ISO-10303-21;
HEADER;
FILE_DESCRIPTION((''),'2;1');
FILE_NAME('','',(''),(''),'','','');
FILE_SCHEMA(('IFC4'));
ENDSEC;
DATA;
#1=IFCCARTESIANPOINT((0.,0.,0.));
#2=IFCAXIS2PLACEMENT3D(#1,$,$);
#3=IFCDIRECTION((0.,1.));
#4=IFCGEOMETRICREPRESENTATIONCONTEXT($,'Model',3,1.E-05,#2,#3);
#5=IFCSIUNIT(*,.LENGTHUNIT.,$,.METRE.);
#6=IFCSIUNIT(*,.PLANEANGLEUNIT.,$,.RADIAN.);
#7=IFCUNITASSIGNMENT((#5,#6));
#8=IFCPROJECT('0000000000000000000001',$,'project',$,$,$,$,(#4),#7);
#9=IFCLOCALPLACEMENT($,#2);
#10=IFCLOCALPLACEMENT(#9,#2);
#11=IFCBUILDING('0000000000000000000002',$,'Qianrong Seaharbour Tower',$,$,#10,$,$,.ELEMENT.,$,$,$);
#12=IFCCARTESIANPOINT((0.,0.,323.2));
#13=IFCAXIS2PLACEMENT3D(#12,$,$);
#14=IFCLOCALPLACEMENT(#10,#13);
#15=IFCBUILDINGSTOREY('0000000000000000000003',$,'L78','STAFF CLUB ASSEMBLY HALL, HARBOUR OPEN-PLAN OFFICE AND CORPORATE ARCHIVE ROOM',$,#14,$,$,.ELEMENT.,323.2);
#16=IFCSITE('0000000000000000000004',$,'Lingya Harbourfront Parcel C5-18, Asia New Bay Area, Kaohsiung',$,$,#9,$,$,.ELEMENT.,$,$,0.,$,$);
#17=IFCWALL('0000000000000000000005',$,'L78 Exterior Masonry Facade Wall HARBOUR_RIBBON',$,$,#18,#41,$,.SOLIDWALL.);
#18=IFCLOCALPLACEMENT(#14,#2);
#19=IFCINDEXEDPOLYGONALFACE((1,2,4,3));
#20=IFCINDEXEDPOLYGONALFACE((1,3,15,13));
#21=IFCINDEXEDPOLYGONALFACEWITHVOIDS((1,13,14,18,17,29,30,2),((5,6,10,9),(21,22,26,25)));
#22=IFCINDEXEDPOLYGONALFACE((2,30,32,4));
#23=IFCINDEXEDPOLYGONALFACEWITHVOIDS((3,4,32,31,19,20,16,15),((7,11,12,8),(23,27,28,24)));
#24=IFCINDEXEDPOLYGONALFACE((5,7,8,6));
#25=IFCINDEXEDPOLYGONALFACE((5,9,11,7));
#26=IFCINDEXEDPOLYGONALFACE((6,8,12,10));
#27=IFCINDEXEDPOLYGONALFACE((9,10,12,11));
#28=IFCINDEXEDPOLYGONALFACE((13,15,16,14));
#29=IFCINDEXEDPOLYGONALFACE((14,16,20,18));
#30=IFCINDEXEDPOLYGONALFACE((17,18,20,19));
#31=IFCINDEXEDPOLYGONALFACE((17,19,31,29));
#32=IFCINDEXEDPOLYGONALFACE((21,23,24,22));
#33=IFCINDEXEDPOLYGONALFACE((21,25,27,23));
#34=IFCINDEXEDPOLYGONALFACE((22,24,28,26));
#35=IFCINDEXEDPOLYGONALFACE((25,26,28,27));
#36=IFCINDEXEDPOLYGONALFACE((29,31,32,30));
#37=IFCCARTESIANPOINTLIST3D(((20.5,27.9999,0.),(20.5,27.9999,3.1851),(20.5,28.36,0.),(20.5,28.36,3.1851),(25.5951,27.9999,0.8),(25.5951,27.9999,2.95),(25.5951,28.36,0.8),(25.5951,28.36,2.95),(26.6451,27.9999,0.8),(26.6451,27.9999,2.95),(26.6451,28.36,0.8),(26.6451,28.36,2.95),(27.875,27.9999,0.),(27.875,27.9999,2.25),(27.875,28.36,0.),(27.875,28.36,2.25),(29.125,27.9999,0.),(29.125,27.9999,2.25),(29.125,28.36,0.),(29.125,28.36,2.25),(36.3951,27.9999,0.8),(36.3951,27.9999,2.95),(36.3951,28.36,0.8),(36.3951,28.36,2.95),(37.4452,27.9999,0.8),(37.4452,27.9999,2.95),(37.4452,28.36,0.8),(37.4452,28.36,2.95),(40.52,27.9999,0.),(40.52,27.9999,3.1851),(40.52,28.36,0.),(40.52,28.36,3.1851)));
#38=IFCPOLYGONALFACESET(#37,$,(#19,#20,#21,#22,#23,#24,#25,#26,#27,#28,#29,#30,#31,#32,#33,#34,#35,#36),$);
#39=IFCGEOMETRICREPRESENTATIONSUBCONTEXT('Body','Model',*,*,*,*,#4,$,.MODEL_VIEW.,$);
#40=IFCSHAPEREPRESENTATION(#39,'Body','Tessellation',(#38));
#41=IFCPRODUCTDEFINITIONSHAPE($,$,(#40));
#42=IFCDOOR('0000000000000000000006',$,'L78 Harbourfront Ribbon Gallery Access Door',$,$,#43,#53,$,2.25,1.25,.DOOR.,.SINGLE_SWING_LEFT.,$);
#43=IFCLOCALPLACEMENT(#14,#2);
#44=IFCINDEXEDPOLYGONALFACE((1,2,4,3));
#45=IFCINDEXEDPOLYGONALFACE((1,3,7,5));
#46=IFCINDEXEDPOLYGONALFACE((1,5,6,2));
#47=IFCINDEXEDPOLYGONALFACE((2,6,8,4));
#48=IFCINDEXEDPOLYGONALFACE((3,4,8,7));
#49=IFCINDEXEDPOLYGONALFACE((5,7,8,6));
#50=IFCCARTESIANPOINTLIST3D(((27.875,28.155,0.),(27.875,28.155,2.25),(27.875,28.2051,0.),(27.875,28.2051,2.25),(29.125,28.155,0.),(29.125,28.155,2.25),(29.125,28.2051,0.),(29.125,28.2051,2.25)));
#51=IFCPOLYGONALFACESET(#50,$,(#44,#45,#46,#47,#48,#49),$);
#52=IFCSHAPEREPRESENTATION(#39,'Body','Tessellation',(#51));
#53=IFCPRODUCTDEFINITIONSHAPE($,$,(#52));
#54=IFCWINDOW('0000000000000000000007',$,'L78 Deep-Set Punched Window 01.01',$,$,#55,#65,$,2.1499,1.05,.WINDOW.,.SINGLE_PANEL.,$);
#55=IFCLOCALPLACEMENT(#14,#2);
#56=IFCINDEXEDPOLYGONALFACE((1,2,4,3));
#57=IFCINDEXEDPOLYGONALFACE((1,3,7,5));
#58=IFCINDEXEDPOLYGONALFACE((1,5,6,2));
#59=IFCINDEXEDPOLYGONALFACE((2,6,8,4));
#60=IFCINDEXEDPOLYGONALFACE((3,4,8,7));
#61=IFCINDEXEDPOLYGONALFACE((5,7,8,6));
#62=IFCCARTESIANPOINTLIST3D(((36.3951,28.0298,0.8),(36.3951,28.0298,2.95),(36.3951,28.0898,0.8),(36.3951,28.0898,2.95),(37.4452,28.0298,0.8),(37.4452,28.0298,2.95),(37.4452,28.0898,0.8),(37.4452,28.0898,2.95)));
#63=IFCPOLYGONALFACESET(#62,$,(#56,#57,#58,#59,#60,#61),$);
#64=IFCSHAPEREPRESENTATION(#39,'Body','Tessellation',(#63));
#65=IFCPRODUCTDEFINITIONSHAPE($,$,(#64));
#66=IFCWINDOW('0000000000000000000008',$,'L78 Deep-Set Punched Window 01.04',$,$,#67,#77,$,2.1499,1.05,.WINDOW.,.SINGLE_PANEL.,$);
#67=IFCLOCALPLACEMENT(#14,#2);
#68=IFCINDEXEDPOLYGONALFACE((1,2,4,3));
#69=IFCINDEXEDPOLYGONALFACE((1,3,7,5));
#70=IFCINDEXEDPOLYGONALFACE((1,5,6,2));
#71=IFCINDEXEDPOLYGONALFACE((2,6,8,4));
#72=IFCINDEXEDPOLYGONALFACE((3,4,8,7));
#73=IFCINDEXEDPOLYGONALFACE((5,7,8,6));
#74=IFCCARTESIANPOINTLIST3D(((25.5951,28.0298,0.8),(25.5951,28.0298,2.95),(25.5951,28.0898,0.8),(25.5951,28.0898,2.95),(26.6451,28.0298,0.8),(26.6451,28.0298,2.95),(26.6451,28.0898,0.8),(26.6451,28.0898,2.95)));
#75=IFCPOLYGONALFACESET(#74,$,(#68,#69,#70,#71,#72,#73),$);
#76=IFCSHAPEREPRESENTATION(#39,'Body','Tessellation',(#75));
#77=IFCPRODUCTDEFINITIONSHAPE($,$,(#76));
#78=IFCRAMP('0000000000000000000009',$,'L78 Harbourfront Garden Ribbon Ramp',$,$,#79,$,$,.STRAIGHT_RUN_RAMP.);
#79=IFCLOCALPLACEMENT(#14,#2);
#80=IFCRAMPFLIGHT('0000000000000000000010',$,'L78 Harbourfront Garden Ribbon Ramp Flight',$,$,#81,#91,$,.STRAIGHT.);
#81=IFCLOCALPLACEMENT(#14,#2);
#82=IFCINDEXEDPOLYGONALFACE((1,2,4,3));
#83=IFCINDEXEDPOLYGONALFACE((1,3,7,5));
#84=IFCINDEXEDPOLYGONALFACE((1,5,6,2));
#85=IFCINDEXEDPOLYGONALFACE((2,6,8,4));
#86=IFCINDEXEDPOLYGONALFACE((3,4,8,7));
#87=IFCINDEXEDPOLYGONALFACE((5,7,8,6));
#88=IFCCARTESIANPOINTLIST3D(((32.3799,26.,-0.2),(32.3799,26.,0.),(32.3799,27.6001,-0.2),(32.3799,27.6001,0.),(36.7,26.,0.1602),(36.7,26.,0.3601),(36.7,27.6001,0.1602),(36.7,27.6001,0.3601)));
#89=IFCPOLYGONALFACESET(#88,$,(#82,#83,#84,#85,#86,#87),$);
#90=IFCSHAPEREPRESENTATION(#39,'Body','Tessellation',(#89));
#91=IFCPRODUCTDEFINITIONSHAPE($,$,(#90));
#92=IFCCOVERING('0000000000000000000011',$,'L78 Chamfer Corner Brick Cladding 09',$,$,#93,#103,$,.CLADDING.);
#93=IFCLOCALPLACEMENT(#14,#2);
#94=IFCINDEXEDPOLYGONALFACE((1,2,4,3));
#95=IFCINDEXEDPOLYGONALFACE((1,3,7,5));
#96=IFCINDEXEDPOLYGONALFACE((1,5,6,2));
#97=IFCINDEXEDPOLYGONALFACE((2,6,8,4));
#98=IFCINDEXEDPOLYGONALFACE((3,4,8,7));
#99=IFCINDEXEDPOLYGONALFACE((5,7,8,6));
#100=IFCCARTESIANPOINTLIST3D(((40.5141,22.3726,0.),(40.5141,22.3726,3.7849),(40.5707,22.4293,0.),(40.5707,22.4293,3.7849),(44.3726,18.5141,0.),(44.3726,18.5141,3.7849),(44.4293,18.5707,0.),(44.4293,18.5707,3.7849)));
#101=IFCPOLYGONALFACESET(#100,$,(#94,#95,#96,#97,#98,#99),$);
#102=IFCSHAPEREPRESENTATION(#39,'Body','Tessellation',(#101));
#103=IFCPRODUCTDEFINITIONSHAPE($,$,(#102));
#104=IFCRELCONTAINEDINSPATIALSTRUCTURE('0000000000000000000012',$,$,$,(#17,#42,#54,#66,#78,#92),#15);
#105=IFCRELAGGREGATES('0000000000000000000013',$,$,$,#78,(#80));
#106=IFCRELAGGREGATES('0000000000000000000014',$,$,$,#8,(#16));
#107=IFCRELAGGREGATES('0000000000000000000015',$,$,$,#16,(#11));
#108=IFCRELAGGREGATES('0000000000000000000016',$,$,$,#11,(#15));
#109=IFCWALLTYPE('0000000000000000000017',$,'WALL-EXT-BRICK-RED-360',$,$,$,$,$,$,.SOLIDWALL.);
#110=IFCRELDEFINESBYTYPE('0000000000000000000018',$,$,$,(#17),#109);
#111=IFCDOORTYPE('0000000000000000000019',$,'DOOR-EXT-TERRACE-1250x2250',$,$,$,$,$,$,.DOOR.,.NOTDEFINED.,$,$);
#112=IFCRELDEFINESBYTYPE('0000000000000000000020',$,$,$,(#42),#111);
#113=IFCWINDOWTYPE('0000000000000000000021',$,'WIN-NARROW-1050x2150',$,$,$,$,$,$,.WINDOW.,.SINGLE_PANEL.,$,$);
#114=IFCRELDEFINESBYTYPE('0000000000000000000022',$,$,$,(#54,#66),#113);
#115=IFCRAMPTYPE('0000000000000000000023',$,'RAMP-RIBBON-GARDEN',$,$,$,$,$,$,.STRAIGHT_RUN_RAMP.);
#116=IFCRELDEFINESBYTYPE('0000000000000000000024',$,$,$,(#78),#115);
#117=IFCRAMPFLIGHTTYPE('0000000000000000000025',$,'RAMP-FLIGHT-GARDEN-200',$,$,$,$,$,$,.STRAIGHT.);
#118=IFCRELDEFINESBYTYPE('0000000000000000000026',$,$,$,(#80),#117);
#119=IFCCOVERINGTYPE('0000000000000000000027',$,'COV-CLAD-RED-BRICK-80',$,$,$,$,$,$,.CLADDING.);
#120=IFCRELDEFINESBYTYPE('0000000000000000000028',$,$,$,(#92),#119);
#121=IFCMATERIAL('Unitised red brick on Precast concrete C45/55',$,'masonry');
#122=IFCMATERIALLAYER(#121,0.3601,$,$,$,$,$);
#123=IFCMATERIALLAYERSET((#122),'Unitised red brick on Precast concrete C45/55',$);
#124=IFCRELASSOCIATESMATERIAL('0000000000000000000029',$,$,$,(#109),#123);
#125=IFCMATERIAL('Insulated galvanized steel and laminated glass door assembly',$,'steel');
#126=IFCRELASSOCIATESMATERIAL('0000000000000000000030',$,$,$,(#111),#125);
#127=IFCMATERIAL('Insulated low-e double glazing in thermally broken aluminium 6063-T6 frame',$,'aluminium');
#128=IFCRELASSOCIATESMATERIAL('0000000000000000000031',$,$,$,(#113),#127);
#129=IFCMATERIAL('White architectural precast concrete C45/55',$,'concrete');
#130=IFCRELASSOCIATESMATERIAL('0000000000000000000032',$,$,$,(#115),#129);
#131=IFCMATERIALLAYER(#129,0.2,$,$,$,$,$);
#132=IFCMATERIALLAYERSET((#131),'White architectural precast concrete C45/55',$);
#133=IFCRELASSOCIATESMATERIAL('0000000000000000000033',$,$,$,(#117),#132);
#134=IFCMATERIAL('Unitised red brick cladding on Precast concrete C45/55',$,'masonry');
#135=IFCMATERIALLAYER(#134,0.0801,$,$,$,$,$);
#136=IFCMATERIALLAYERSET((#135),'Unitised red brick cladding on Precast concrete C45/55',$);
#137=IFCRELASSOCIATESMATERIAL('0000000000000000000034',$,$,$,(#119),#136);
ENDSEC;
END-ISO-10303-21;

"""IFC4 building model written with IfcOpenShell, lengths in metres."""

from ifc_helpers import new_model, si_unit, direction, frame, frame_2d, origin, origin_2d, place, context, subcontext, project, spatial, polyline, rectangle, outline, extrude, material, layer, layer_set, type_object, element, fill, aggregate, save


model = new_model("IFC4")

# Units and contexts
model_context = context("Model", 3, precision=1e-05, world=origin(), true_north=direction((0.0, 1.0)))
body_context = subcontext(model_context, "Body", "Model", "MODEL_VIEW")
ifc_project = project(units=[si_unit("LENGTHUNIT", "METRE"), si_unit("PLANEANGLEUNIT", "RADIAN")], contexts=[model_context])

# Site, building, storey
site_placement = place(None, origin())
site = spatial("IfcSite", under=ifc_project, at=site_placement, Name="Lingya Harbourfront Parcel C5-18, Asia New Bay Area, Kaohsiung", CompositionType="ELEMENT", RefElevation=0.0)
building_placement = place(site_placement, origin())
building = spatial("IfcBuilding", under=site, at=building_placement, Name="Qianrong Seaharbour Tower", CompositionType="ELEMENT")
storey_placement = place(building_placement, frame((0.0, 0.0, 323.2)))
storey = spatial("IfcBuildingStorey", under=building, at=storey_placement, Name="L78", Description="STAFF CLUB ASSEMBLY HALL, HARBOUR OPEN-PLAN OFFICE AND CORPORATE ARCHIVE ROOM", CompositionType="ELEMENT", Elevation=323.2)

# Shared definitions
ifc_material_1 = material(Name="Unitised red brick on Precast concrete C45/55", Category="masonry")
ifc_layer_1 = layer(ifc_material_1, 0.3601)
ifc_layer_set_1 = layer_set([ifc_layer_1], Name="Unitised red brick on Precast concrete C45/55")
wall_type_1 = type_object("IfcWallType", Name="WALL-EXT-BRICK-RED-360", PredefinedType="SOLIDWALL", material=ifc_layer_set_1)

# Wall, openings, door, windows
wall_1_placement = place(storey_placement, frame((40.52, 28.1799, 0.0), z_axis=(0.0, 0.0, 1.0), x_axis=(-1.0, 0.0, 0.0)))
wall_1 = element("IfcWall", 1, at=wall_1_placement, inside=storey, type_object=wall_type_1, Name="L78 Exterior Masonry Facade Wall HARBOUR_RIBBON", PredefinedType="SOLIDWALL", context=body_context, shape_type="SweptSolid", body=[
    extrude(rectangle(XDim=20.02, YDim=0.3601, at=frame_2d((10.01, 0.0))), origin(), (0.0, 0.0, 1.0), 3.1851),
])
opening_1_placement = place(wall_1_placement, frame((3.075, 0.0, 0.8)))
opening_1 = element("IfcOpeningElement", 2, at=opening_1_placement, cuts=wall_1, PredefinedType="OPENING", context=body_context, shape_type="SweptSolid", body=[
    extrude(rectangle(XDim=1.05, YDim=2.1499, at=frame_2d((0.5249, 1.075))), frame((0.0, 0.1899, 0.0), z_axis=(0.0, -1.0, 0.0), x_axis=(1.0, 0.0, 0.0)), (0.0, 0.0, 1.0), 0.3801),
])
opening_2_placement = place(wall_1_placement, frame((13.875, 0.0, 0.8)))
opening_2 = element("IfcOpeningElement", 3, at=opening_2_placement, cuts=wall_1, PredefinedType="OPENING", context=body_context, shape_type="SweptSolid", body=[
    extrude(rectangle(XDim=1.05, YDim=2.1499, at=frame_2d((0.5249, 1.075))), frame((0.0, 0.1899, 0.0), z_axis=(0.0, -1.0, 0.0), x_axis=(1.0, 0.0, 0.0)), (0.0, 0.0, 1.0), 0.3801),
])
opening_3_placement = place(wall_1_placement, frame((11.395, 0.0, 0.0)))
opening_3 = element("IfcOpeningElement", 4, at=opening_3_placement, cuts=wall_1, PredefinedType="OPENING", context=body_context, shape_type="SweptSolid", body=[
    extrude(rectangle(XDim=1.25, YDim=2.25, at=frame_2d((0.625, 1.125))), frame((0.0, 0.1899, 0.0), z_axis=(0.0, -1.0, 0.0), x_axis=(1.0, 0.0, 0.0)), (0.0, 0.0, 1.0), 0.3801),
])
ifc_material_2 = material(Name="Insulated galvanized steel and laminated glass door assembly", Category="steel")
door_type_1 = type_object("IfcDoorType", Name="DOOR-EXT-TERRACE-1250x2250", OperationType="NOTDEFINED", PredefinedType="DOOR", material=ifc_material_2)
door_1_placement = place(opening_3_placement, origin())
door_1 = element("IfcDoor", 5, at=door_1_placement, inside=storey, type_object=door_type_1, Name="L78 Harbourfront Ribbon Gallery Access Door", OperationType="SINGLE_SWING_LEFT", OverallHeight=2.25, OverallWidth=1.25, PredefinedType="DOOR", context=body_context, shape_type="SweptSolid", body=[
    extrude(rectangle(XDim=1.25, YDim=2.25, at=frame_2d((0.625, 1.125))), frame((0.0, 0.0249, 0.0), z_axis=(0.0, -1.0, 0.0), x_axis=(1.0, 0.0, 0.0)), (0.0, 0.0, 1.0), 0.05),
])
fill(opening_3, door_1)
ifc_material_3 = material(Name="Insulated low-e double glazing in thermally broken aluminium 6063-T6 frame", Category="aluminium")
window_type = type_object("IfcWindowType", Name="WIN-NARROW-1050x2150", PartitioningType="SINGLE_PANEL", PredefinedType="WINDOW", material=ifc_material_3)
window_1_placement = place(opening_1_placement, origin())
window_1 = element("IfcWindow", 6, at=window_1_placement, inside=storey, type_object=window_type, Name="L78 Deep-Set Punched Window 01.01", OverallHeight=2.1499, OverallWidth=1.05, PartitioningType="SINGLE_PANEL", PredefinedType="WINDOW", context=body_context, shape_type="SweptSolid", body=[
    extrude(rectangle(XDim=1.05, YDim=2.1499, at=frame_2d((0.5249, 1.075))), frame((0.0, 0.1501, 0.0), z_axis=(0.0, -1.0, 0.0), x_axis=(1.0, 0.0, 0.0)), (0.0, 0.0, 1.0), 0.0601),
])
fill(opening_1, window_1)
window_2_placement = place(opening_2_placement, origin())
window_2 = element("IfcWindow", 7, at=window_2_placement, inside=storey, type_object=window_type, Name="L78 Deep-Set Punched Window 01.04", OverallHeight=2.1499, OverallWidth=1.05, PartitioningType="SINGLE_PANEL", PredefinedType="WINDOW", context=body_context, shape_type="SweptSolid", body=[
    extrude(rectangle(XDim=1.05, YDim=2.1499, at=frame_2d((0.5249, 1.075))), frame((0.0, 0.1501, 0.0), z_axis=(0.0, -1.0, 0.0), x_axis=(1.0, 0.0, 0.0)), (0.0, 0.0, 1.0), 0.0601),
])
fill(opening_2, window_2)

# Ramp, ramp flight
ifc_material_4 = material(Name="White architectural precast concrete C45/55", Category="concrete")
ramp_type = type_object("IfcRampType", Name="RAMP-RIBBON-GARDEN", PredefinedType="STRAIGHT_RUN_RAMP", material=ifc_material_4)
ramp_placement = place(storey_placement, origin())
ramp = element("IfcRamp", 8, at=ramp_placement, inside=storey, type_object=ramp_type, Name="L78 Harbourfront Garden Ribbon Ramp", PredefinedType="STRAIGHT_RUN_RAMP")
ifc_layer_2 = layer(ifc_material_4, 0.2)
ifc_layer_set_2 = layer_set([ifc_layer_2], Name="White architectural precast concrete C45/55")
ramp_flight_type = type_object("IfcRampFlightType", Name="RAMP-FLIGHT-GARDEN-200", PredefinedType="STRAIGHT", material=ifc_layer_set_2)
ramp_flight_placement = place(storey_placement, frame((32.3799, 26.8, 0.0), z_axis=(0.0, 0.0, 1.0), x_axis=(1.0, 0.0, 0.0)))
ramp_flight = element("IfcRampFlight", 9, at=ramp_flight_placement, type_object=ramp_flight_type, Name="L78 Harbourfront Garden Ribbon Ramp Flight", PredefinedType="STRAIGHT", context=body_context, shape_type="SweptSolid", body=[
    extrude(outline(polyline([(0.0, 0.0), (4.3201, 0.3601), (4.3201, 0.1602), (0.0, -0.2), (0.0, 0.0)])), frame((0.0, 0.8, 0.0), z_axis=(0.0, -1.0, 0.0), x_axis=(1.0, 0.0, 0.0)), (0.0, 0.0, 1.0), 1.6001),
])
aggregate(ramp, [ramp_flight])

# Covering
ifc_material_5 = material(Name="Unitised red brick cladding on Precast concrete C45/55", Category="masonry")
ifc_layer_3 = layer(ifc_material_5, 0.0801)
ifc_layer_set_3 = layer_set([ifc_layer_3], Name="Unitised red brick cladding on Precast concrete C45/55")
covering_type = type_object("IfcCoveringType", Name="COV-CLAD-RED-BRICK-80", PredefinedType="CLADDING", material=ifc_layer_set_3)
covering_placement = place(storey_placement, frame((42.4717, 20.4717, 0.0), z_axis=(0.0, 0.0, 1.0), x_axis=(-0.707107, 0.707107, 0.0)))
element("IfcCovering", 10, at=covering_placement, inside=storey, type_object=covering_type, Name="L78 Chamfer Corner Brick Cladding 09", PredefinedType="CLADDING", context=body_context, shape_type="SweptSolid", body=[
    extrude(rectangle(XDim=5.4568, YDim=0.0801, at=origin_2d()), origin(), (0.0, 0.0, 1.0), 3.7849),
])

save(model, "model.ifc")
